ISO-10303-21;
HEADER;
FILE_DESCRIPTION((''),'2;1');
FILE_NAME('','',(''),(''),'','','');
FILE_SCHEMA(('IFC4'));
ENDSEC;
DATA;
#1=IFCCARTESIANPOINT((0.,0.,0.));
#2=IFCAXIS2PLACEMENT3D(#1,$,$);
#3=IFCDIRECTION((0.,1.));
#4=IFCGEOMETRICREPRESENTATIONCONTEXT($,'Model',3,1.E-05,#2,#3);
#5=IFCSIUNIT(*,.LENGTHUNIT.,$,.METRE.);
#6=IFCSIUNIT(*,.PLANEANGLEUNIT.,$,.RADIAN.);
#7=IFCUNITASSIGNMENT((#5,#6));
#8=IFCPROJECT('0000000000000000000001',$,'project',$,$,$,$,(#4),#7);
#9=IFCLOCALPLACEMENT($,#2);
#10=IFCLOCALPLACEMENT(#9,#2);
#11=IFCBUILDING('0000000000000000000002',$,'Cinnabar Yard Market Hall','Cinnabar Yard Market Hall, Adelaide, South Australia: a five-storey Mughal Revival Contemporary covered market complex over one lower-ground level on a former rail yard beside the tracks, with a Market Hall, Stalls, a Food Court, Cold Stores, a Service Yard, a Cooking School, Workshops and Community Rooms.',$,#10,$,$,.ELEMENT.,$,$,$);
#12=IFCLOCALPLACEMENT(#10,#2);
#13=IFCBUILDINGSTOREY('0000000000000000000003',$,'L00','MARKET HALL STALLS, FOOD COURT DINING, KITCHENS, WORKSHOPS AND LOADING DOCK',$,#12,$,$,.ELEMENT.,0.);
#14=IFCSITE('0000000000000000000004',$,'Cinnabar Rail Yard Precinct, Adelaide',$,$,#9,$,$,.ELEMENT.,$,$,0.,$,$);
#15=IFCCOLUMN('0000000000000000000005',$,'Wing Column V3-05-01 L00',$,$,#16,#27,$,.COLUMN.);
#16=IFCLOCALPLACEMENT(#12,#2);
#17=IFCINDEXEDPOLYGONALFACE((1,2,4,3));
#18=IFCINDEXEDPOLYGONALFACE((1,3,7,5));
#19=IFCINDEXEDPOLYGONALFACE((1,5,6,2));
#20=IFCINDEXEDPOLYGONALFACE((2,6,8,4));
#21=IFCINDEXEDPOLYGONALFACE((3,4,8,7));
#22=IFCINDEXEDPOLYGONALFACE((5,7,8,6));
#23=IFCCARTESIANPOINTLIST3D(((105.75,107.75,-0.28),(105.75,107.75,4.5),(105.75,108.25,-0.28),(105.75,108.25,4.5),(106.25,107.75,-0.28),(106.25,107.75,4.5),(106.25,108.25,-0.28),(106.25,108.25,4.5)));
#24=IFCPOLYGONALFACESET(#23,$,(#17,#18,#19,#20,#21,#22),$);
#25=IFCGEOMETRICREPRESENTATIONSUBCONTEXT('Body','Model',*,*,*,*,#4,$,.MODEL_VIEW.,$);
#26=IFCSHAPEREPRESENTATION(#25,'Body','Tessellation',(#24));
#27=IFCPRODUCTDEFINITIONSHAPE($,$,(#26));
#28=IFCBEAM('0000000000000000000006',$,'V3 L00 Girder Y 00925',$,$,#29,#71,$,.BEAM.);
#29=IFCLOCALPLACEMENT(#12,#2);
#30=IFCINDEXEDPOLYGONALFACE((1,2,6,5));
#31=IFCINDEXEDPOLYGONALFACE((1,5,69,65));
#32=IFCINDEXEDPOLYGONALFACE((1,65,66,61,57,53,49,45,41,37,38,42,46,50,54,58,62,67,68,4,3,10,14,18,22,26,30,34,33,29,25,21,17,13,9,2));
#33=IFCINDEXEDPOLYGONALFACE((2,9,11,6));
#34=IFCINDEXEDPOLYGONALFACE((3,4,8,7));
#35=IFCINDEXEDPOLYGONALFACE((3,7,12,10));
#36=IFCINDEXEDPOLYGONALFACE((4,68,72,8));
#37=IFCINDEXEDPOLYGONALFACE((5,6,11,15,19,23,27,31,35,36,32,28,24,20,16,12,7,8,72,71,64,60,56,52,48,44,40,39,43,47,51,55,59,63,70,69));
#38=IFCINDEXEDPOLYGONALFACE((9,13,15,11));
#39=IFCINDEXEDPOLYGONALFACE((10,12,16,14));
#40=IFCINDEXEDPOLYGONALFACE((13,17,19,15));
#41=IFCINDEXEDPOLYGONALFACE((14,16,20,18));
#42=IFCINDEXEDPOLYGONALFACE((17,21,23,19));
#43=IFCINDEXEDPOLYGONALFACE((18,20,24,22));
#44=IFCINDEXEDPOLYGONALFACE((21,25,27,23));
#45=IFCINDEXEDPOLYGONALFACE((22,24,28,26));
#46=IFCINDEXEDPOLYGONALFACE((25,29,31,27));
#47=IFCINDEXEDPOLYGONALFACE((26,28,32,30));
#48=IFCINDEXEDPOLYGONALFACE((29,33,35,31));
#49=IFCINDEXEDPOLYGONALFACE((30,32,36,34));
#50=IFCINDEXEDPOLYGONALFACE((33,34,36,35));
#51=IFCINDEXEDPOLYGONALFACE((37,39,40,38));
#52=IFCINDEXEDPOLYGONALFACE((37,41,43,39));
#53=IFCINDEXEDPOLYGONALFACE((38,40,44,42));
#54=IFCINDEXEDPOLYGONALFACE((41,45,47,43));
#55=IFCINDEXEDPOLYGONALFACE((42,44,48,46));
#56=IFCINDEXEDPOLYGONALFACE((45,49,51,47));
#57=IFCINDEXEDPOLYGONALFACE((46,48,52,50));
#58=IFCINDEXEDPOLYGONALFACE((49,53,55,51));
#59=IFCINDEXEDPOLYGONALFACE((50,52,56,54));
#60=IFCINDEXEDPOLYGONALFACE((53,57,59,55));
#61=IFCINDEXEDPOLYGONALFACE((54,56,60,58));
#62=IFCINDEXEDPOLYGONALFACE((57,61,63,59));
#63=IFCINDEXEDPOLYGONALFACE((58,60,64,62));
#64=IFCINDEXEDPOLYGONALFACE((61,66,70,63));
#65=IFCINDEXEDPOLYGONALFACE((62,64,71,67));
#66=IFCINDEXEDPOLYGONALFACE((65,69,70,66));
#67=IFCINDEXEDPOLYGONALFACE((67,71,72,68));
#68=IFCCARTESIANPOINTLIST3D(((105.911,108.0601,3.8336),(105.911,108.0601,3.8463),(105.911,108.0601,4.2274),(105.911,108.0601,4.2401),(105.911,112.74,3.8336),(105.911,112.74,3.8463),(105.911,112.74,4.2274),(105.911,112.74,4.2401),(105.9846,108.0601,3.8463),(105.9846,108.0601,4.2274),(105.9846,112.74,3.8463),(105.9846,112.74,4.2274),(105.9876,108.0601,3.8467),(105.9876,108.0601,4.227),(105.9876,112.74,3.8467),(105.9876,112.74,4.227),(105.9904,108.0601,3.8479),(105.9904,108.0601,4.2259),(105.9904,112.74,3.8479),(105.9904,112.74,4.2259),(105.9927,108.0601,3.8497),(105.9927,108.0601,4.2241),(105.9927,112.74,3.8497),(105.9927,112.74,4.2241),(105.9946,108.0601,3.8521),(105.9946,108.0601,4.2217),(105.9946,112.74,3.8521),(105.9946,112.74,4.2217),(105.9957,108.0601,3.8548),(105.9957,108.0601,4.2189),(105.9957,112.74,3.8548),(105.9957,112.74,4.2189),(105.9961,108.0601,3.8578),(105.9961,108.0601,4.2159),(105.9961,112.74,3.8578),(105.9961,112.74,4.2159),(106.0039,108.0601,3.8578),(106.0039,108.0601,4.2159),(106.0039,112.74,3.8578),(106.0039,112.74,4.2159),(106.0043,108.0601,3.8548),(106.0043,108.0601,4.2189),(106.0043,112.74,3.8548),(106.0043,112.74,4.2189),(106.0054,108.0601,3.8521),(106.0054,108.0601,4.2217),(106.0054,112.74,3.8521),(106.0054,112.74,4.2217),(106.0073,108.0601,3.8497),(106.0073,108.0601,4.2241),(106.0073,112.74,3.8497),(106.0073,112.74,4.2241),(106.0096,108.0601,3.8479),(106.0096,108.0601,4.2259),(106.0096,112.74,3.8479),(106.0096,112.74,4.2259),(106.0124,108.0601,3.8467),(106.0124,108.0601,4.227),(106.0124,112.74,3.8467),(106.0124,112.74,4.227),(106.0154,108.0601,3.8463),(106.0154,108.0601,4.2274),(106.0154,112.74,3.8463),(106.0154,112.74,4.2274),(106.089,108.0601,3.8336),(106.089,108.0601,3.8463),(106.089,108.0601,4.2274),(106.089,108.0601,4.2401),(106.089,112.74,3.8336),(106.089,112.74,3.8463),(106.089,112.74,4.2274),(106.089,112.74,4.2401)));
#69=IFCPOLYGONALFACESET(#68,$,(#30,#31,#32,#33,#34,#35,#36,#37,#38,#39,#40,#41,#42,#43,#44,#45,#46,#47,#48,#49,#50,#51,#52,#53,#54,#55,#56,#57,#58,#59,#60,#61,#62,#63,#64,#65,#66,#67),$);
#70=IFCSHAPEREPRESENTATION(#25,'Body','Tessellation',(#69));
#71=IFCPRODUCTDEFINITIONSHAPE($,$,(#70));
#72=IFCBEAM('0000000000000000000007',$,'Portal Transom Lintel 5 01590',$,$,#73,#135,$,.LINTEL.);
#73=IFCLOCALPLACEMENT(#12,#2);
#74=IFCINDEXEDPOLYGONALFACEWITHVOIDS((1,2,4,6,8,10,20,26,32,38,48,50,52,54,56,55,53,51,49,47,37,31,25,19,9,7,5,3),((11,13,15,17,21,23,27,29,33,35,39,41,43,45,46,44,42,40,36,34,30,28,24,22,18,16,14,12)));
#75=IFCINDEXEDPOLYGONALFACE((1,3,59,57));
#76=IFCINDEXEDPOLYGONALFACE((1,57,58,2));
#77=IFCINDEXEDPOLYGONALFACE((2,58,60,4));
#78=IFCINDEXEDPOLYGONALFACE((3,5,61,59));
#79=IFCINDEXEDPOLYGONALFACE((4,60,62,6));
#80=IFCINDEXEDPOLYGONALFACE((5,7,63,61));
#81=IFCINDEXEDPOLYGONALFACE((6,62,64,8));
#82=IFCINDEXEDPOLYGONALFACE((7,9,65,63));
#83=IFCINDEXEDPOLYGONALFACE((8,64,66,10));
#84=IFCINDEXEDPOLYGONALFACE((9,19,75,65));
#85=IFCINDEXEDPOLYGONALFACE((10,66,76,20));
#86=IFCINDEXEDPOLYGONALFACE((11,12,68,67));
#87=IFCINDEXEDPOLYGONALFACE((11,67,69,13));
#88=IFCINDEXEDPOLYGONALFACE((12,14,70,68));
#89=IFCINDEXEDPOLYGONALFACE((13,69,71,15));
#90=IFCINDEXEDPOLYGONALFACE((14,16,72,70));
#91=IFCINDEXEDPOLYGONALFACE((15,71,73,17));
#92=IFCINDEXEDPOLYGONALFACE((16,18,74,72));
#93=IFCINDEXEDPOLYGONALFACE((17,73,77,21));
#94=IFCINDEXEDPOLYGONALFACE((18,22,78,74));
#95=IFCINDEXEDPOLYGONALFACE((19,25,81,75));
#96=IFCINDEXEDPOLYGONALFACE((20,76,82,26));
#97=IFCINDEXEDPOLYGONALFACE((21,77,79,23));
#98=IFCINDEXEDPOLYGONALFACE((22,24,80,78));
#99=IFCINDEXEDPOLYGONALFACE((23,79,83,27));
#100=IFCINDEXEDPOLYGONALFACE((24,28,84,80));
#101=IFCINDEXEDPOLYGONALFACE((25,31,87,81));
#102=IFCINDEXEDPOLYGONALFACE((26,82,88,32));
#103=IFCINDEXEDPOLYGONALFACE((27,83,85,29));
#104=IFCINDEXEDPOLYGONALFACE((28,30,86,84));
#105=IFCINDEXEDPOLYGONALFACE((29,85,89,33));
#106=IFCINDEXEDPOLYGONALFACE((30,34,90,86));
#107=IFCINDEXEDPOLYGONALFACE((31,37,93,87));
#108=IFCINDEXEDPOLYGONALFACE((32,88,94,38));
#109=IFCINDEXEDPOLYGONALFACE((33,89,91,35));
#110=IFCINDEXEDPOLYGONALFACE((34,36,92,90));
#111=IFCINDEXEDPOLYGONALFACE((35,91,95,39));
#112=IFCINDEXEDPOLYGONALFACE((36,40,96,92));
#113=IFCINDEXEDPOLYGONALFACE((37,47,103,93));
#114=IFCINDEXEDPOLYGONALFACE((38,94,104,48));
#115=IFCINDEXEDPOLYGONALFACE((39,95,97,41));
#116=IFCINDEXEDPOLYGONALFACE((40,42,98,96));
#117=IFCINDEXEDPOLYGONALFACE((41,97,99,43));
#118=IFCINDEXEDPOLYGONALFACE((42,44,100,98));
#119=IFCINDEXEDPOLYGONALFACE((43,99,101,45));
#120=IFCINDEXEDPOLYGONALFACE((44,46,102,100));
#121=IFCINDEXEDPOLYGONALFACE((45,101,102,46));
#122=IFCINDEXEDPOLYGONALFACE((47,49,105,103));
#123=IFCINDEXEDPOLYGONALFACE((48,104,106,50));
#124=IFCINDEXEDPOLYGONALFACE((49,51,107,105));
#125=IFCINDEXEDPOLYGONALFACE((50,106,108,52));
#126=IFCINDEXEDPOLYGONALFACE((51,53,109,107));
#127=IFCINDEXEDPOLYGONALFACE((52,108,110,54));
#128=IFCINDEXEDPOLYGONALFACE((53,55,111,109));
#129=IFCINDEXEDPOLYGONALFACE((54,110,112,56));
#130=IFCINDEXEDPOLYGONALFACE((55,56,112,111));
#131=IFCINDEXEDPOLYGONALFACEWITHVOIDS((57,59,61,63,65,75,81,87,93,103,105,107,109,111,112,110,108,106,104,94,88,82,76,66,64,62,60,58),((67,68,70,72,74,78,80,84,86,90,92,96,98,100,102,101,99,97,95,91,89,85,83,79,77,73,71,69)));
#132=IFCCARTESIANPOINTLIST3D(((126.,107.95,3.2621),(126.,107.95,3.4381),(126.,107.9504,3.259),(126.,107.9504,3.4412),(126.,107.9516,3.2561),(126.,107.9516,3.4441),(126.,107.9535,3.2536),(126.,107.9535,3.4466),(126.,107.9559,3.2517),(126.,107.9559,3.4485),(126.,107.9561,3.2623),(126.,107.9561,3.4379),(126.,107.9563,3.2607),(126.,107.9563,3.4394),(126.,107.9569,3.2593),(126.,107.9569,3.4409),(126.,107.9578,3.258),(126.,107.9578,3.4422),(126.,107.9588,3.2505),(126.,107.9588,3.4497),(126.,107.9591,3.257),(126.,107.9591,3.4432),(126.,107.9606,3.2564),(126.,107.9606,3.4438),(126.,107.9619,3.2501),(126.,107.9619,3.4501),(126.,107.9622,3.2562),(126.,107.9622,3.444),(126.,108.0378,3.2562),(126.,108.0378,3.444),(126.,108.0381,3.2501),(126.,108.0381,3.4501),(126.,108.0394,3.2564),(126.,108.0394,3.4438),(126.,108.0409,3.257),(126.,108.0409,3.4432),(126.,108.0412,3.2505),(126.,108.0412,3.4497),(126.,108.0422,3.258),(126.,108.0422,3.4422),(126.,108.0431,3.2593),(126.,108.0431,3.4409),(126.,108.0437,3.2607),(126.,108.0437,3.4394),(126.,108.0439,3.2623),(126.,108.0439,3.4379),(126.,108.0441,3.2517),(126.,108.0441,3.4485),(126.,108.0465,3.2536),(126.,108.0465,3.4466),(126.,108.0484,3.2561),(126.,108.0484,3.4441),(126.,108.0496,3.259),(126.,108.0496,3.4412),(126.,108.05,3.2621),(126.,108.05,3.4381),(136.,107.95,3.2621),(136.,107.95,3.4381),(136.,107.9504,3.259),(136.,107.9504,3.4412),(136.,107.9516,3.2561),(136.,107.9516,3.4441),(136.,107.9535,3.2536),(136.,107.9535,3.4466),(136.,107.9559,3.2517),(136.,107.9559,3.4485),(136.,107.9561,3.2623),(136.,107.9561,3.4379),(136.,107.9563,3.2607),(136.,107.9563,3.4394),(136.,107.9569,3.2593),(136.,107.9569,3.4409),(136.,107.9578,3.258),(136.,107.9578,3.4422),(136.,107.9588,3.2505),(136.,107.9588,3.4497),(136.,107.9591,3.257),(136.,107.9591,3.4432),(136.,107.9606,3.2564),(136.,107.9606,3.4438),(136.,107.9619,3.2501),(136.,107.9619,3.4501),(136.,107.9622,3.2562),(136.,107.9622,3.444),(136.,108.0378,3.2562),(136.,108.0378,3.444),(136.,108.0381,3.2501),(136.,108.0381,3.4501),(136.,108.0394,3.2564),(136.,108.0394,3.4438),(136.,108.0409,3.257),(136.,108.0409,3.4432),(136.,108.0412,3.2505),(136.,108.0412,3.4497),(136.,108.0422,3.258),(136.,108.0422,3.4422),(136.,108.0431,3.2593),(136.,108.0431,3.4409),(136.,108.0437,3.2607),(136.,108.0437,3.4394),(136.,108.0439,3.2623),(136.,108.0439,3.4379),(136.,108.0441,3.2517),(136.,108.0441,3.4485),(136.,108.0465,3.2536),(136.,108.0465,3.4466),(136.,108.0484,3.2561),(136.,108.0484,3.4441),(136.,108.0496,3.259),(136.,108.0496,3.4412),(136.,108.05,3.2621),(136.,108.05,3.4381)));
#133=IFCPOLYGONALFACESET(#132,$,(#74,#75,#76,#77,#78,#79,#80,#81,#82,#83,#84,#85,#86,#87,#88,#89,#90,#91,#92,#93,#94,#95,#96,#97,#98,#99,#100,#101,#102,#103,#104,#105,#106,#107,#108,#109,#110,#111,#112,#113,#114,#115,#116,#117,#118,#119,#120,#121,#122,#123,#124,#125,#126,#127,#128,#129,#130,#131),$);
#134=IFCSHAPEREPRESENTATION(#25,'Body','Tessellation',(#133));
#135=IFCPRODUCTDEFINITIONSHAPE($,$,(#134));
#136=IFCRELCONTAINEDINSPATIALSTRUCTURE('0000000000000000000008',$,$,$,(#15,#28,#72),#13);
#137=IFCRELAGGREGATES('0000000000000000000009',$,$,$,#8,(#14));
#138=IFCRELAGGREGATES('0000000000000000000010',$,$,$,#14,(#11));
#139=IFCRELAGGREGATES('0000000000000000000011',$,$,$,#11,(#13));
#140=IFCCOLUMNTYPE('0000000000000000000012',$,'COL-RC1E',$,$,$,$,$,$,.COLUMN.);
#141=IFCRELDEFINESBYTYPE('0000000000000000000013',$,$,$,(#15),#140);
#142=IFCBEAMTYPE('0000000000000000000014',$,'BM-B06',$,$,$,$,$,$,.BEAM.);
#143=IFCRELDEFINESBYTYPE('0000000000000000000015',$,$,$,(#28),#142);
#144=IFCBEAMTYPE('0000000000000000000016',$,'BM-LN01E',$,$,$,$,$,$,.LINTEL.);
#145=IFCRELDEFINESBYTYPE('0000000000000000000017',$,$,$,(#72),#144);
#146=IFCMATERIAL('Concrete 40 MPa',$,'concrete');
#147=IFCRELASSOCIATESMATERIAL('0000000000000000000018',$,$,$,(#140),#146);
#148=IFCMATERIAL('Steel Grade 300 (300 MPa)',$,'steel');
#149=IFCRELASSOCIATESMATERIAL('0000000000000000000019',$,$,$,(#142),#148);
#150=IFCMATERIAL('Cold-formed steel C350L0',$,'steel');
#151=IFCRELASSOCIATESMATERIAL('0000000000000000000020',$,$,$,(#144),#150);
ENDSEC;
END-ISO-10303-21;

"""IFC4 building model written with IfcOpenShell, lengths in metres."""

from ifc_helpers import new_model, si_unit, direction, frame, origin, origin_2d_with_axis, place, context, subcontext, project, spatial, rectangle, hollow_rectangle, i_section, extrude, material, material_profile, profile_set, type_object, element, save


model = new_model("IFC4")

# Units and contexts
model_context = context("Model", 3, precision=1e-05, world=origin(), true_north=direction((0.0, 1.0)))
body_context = subcontext(model_context, "Body", "Model", "MODEL_VIEW")
ifc_project = project(units=[si_unit("LENGTHUNIT", "METRE"), si_unit("PLANEANGLEUNIT", "RADIAN")], contexts=[model_context])

# Site, building, storey
site_placement = place(None, origin())
site = spatial("IfcSite", under=ifc_project, at=site_placement, Name="Cinnabar Rail Yard Precinct, Adelaide", CompositionType="ELEMENT", RefElevation=0.0)
building_placement = place(site_placement, origin())
building = spatial("IfcBuilding", under=site, at=building_placement, Name="Cinnabar Yard Market Hall", Description="Cinnabar Yard Market Hall, Adelaide, South Australia: a five-storey Mughal Revival Contemporary covered market complex over one lower-ground level on a former rail yard beside the tracks, with a Market Hall, Stalls, a Food Court, Cold Stores, a Service Yard, a Cooking School, Workshops and Community Rooms.", CompositionType="ELEMENT")
storey_placement = place(building_placement, origin())
storey = spatial("IfcBuildingStorey", under=building, at=storey_placement, Name="L00", Description="MARKET HALL STALLS, FOOD COURT DINING, KITCHENS, WORKSHOPS AND LOADING DOCK", CompositionType="ELEMENT", Elevation=0.0)

# Column
ifc_material_1 = material(Name="Steel Grade 300 (300 MPa)", Category="steel")
ifc_material_2 = material(Name="Cold-formed steel C350L0", Category="steel")
ifc_material_3 = material(Name="Concrete 40 MPa", Category="concrete")
ifc_material_profile_1 = material_profile(ifc_material_3, rectangle(XDim=0.5, YDim=0.5, at=origin_2d_with_axis()), Name="RC-500x500")
ifc_profile_set_1 = profile_set([ifc_material_profile_1], Name="Concrete 40 MPa")
column_type_1 = type_object("IfcColumnType", Name="COL-RC1E", PredefinedType="COLUMN", material=ifc_profile_set_1)
column_1_placement = place(storey_placement, frame((106.0, 108.0, -0.28), z_axis=(0.0, 0.0, 1.0), x_axis=(1.0, 0.0, 0.0)))
element("IfcColumn", 1, at=column_1_placement, inside=storey, type_object=column_type_1, Name="Wing Column V3-05-01 L00", PredefinedType="COLUMN", context=body_context, shape_type="SweptSolid", body=[
    extrude(rectangle(XDim=0.5, YDim=0.5, at=origin_2d_with_axis()), origin(), (0.0, 0.0, 1.0), 4.78),
])

# Beams
ifc_material_profile_2 = material_profile(ifc_material_1, i_section(OverallWidth=0.178, OverallDepth=0.4065, WebThickness=0.0078, FlangeThickness=0.0127, FilletRadius=0.0115, at=origin_2d_with_axis()), Name="410UB59.7")
ifc_profile_set_2 = profile_set([ifc_material_profile_2], Name="Steel Grade 300 (300 MPa)")
beam_type_1 = type_object("IfcBeamType", Name="BM-B06", PredefinedType="BEAM", material=ifc_profile_set_2)
beam_placement = place(storey_placement, frame((106.0, 108.0601, 4.0369), z_axis=(0.0, 1.0, 0.0), x_axis=(-1.0, 0.0, 0.0)))
element("IfcBeam", 2, at=beam_placement, inside=storey, type_object=beam_type_1, Name="V3 L00 Girder Y 00925", PredefinedType="BEAM", context=body_context, shape_type="SweptSolid", body=[
    extrude(i_section(OverallWidth=0.178, OverallDepth=0.4065, WebThickness=0.0078, FlangeThickness=0.0127, FilletRadius=0.0115, at=origin_2d_with_axis()), origin(), (0.0, 0.0, 1.0), 4.6799),
])
ifc_material_profile_3 = material_profile(ifc_material_2, hollow_rectangle(XDim=0.1001, YDim=0.2, WallThickness=0.0061, InnerFilletRadius=0.0061, OuterFilletRadius=0.012, at=origin_2d_with_axis()), Name="200x100x6.0RHS")
ifc_profile_set_3 = profile_set([ifc_material_profile_3], Name="Cold-formed steel C350L0")
beam_type_2 = type_object("IfcBeamType", Name="BM-LN01E", PredefinedType="LINTEL", material=ifc_profile_set_3)
for number, where, z_axis, x_axis, name in (
    (3, (126.0, 108.0, 3.3501), (1.0, 0.0, 0.0), (0.0, 1.0, 0.0), "Portal Transom Lintel 5 01590"),
):
    element("IfcBeam", number, at=place(storey_placement, frame(where, z_axis=z_axis, x_axis=x_axis)), inside=storey, type_object=beam_type_2, Name=name, PredefinedType="LINTEL", context=body_context, shape_type="SweptSolid", body=[
        extrude(hollow_rectangle(XDim=0.1001, YDim=0.2, WallThickness=0.0061, InnerFilletRadius=0.0061, OuterFilletRadius=0.012, at=origin_2d_with_axis()), origin(), (0.0, 0.0, 1.0), 10.0),
    ])

save(model, "model.ifc")
